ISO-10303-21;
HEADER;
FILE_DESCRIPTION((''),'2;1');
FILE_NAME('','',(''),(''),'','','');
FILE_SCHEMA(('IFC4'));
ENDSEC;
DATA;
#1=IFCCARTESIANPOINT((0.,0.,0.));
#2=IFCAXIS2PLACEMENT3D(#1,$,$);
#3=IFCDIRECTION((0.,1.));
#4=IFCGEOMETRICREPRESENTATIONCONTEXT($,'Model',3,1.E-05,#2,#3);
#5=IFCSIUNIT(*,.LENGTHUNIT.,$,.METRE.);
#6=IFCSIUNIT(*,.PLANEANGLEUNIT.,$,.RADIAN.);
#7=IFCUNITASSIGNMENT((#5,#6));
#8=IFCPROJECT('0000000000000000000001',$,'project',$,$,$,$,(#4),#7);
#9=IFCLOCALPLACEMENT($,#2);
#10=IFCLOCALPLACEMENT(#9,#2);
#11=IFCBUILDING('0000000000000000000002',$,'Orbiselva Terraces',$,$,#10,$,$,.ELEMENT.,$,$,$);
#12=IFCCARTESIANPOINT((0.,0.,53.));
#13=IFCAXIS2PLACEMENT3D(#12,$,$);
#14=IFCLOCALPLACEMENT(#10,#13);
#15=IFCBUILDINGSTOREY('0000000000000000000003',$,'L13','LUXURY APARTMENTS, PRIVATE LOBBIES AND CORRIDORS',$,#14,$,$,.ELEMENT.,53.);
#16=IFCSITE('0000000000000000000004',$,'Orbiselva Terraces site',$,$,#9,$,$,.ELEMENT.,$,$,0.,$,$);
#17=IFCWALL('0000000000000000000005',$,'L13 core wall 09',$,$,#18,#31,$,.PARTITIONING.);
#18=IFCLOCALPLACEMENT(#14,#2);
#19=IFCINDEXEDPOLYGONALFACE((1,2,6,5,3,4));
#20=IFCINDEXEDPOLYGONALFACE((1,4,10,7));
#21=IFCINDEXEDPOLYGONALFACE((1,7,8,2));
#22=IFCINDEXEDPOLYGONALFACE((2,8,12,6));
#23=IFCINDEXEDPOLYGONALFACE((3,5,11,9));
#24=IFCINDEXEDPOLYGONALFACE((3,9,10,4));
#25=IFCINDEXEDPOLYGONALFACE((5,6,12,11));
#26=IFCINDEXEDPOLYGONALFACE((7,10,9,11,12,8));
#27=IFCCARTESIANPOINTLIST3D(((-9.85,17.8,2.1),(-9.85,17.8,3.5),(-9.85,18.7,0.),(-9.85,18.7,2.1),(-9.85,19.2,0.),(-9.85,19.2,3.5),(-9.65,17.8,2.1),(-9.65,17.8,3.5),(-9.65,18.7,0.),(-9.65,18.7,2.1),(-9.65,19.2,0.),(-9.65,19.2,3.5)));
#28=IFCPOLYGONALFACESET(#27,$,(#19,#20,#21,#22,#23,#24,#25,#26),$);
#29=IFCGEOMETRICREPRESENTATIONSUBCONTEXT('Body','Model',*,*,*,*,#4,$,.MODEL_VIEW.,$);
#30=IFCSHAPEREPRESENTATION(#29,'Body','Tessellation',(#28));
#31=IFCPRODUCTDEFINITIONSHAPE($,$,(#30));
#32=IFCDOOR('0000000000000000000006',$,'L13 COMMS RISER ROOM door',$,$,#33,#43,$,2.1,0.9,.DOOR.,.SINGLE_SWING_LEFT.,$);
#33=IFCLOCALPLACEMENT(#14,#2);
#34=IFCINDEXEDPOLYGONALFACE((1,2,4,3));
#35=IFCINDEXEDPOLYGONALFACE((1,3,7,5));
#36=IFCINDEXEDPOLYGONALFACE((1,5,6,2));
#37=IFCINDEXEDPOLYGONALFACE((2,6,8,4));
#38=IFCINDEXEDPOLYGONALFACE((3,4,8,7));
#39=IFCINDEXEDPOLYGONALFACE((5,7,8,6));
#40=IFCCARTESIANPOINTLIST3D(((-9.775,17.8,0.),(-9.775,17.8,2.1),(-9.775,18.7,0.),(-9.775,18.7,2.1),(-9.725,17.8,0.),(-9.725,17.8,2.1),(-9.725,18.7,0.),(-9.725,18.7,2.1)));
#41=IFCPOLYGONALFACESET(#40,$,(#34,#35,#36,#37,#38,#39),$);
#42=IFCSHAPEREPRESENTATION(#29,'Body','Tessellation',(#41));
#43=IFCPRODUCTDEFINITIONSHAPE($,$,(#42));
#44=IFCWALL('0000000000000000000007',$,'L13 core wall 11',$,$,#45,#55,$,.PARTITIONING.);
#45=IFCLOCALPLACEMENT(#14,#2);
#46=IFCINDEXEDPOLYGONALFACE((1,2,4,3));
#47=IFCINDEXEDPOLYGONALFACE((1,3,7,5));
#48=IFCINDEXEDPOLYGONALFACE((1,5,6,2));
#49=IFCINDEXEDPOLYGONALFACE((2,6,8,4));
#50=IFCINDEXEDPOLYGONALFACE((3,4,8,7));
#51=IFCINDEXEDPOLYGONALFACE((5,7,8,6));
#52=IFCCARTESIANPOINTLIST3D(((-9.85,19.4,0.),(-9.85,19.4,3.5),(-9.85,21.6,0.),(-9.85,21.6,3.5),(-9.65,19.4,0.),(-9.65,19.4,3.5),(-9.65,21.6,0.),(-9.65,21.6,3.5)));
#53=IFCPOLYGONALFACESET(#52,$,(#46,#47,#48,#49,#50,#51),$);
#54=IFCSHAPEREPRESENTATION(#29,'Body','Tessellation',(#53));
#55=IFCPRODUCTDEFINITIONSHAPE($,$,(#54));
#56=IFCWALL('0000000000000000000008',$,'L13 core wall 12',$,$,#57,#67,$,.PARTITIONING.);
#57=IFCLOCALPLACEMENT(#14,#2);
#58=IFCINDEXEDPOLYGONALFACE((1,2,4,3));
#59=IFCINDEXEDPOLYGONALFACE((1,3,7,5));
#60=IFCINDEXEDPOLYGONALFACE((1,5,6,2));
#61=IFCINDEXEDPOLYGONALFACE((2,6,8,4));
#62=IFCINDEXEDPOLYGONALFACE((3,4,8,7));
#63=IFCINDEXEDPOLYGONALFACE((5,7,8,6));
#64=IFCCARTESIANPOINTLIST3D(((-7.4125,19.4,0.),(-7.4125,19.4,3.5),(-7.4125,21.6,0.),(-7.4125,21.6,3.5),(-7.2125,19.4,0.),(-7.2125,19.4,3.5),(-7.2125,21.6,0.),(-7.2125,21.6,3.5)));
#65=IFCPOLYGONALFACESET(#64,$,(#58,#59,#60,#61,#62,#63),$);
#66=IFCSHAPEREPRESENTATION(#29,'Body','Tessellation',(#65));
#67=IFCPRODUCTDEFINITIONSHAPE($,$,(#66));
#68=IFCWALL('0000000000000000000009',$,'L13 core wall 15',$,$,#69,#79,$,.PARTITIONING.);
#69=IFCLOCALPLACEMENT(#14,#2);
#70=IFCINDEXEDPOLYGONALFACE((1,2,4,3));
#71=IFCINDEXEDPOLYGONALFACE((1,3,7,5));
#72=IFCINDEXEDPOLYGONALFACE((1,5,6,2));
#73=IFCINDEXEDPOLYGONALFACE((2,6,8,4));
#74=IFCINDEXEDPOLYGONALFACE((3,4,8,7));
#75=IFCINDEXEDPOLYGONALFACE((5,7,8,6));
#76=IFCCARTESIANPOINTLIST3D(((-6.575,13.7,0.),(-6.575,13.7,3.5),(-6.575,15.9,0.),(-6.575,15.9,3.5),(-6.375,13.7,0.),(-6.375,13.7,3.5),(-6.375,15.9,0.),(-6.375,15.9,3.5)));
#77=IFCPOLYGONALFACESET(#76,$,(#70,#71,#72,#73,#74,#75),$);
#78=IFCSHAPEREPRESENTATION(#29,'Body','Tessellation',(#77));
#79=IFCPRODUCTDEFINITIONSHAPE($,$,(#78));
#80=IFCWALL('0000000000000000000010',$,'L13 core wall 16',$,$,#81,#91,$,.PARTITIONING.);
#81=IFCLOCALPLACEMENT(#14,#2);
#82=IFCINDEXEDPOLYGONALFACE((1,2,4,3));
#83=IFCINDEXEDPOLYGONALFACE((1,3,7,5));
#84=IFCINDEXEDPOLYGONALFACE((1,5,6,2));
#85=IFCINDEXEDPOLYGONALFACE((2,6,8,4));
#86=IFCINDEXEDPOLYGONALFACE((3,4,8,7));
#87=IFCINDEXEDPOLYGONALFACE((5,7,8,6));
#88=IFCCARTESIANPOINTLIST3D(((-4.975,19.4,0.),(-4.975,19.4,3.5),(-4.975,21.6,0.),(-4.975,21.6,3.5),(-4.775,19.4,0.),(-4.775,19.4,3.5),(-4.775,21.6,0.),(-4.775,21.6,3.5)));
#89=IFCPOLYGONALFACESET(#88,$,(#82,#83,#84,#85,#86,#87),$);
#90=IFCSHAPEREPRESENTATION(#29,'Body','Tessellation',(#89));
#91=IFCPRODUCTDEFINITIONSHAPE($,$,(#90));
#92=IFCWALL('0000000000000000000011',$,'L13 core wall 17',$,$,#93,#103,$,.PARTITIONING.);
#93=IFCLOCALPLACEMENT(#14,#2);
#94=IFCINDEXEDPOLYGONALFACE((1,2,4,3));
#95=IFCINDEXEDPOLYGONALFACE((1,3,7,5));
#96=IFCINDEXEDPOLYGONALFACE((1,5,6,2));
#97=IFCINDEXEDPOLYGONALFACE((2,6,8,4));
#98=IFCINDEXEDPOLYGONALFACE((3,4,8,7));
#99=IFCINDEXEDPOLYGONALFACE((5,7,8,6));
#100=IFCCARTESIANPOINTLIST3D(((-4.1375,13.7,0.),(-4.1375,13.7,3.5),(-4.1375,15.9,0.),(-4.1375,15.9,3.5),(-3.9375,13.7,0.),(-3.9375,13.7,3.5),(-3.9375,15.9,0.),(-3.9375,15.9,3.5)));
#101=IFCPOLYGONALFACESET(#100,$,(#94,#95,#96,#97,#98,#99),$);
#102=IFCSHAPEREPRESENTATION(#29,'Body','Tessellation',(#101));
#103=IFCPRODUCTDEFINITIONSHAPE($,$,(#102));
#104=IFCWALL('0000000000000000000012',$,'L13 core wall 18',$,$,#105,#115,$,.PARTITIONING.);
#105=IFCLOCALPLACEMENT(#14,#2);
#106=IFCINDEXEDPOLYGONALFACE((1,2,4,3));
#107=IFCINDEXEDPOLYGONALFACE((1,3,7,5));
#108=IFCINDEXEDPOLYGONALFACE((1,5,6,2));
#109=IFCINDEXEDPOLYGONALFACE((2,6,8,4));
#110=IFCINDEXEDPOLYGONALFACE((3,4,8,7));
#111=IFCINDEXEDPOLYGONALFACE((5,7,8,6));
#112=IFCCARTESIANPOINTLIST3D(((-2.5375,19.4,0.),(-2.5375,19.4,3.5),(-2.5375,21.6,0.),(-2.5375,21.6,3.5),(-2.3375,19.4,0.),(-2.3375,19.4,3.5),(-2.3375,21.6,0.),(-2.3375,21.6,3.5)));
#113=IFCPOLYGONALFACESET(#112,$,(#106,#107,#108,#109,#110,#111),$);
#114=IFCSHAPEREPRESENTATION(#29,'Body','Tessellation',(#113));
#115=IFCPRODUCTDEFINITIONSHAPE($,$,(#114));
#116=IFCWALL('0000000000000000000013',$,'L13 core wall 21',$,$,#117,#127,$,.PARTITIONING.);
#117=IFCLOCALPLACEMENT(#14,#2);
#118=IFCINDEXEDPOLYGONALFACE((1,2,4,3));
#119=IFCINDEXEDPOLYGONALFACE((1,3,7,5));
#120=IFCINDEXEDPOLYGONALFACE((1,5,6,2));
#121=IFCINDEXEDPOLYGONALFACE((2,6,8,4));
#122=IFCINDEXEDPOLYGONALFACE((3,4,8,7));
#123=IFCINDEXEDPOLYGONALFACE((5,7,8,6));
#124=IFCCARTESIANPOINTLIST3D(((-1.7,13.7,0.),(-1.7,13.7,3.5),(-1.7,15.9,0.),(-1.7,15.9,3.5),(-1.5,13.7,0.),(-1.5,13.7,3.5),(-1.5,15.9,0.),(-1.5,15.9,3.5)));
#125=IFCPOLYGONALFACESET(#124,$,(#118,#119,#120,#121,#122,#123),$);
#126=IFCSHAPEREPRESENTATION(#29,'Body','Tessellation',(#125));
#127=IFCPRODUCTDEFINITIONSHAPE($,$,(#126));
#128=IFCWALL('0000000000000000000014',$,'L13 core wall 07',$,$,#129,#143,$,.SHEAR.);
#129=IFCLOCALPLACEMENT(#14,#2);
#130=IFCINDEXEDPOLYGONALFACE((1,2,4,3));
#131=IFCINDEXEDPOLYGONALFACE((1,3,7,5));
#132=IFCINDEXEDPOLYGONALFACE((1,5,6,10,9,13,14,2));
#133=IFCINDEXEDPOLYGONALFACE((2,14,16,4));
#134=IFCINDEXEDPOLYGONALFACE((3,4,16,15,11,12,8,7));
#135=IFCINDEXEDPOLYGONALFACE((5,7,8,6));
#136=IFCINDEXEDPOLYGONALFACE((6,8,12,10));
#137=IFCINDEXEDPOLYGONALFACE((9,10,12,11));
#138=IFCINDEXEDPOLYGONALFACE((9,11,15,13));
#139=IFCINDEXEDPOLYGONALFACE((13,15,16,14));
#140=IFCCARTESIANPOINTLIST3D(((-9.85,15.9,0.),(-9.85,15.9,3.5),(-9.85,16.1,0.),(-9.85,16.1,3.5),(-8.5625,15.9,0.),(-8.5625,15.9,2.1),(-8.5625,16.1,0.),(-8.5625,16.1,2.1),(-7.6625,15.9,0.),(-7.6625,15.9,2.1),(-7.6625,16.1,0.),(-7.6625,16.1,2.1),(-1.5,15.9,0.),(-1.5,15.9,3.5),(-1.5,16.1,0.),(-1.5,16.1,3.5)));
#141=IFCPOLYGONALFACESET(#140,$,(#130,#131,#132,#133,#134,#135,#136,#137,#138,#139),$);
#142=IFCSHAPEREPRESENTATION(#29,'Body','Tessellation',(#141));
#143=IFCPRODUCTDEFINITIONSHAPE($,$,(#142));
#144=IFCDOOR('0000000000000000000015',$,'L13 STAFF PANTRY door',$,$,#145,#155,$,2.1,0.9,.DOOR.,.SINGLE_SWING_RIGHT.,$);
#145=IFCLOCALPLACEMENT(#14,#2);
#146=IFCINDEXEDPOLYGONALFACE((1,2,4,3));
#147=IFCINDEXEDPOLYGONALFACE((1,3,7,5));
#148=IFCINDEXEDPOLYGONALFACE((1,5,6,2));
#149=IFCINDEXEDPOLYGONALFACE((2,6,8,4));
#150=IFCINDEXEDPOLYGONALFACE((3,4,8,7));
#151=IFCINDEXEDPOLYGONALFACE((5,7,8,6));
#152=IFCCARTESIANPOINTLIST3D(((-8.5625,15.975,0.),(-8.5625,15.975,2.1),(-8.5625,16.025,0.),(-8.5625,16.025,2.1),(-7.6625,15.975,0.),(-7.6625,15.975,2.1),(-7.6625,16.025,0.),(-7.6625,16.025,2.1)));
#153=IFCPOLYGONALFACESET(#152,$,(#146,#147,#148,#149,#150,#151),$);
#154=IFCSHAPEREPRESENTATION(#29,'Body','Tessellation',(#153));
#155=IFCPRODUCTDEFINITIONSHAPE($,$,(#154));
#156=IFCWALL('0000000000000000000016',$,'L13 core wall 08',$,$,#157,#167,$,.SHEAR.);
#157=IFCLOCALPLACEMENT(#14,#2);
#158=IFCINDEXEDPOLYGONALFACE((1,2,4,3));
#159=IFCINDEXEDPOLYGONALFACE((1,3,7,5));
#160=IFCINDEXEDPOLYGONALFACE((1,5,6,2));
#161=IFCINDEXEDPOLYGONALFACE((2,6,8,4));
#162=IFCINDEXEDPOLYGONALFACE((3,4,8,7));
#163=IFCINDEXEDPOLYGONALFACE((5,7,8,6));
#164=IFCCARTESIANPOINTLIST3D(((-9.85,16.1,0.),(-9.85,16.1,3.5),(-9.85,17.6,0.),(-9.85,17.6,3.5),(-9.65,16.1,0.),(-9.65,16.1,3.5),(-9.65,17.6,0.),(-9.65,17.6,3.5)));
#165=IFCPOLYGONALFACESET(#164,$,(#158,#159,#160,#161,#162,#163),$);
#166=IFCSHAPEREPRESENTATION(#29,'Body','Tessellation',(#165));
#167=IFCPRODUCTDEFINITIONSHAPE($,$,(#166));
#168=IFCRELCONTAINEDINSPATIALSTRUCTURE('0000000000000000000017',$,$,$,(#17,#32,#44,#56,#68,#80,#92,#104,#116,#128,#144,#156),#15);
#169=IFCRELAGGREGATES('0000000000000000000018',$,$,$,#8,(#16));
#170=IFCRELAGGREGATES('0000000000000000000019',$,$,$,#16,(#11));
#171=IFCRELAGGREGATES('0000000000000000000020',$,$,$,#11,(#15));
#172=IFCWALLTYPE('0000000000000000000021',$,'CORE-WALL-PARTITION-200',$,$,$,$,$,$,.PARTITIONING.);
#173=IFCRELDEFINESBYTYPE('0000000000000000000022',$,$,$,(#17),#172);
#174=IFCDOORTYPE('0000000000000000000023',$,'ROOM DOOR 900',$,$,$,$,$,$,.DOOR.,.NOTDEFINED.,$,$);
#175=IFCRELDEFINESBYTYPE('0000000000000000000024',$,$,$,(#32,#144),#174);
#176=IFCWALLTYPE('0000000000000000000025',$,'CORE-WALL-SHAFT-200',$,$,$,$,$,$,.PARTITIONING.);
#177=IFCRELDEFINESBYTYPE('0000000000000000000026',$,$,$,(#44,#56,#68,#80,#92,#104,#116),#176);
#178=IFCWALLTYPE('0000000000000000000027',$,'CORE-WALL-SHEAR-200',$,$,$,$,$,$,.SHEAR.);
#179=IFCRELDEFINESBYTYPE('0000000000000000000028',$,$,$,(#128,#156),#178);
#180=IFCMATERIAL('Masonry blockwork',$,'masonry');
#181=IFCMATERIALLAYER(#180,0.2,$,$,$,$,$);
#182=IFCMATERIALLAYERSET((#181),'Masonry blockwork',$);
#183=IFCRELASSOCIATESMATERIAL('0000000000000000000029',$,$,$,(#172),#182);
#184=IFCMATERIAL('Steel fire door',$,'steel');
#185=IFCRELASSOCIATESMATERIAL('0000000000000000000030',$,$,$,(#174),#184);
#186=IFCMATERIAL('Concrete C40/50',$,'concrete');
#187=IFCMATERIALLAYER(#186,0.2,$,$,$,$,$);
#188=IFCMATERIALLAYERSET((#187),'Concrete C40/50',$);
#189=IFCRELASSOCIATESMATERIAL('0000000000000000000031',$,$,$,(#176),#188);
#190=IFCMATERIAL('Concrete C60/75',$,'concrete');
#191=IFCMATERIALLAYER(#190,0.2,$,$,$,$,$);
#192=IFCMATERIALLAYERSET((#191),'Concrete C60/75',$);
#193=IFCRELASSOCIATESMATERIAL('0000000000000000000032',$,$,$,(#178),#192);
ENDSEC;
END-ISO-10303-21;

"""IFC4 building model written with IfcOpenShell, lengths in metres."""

from ifc_helpers import new_model, si_unit, direction, frame, frame_2d, origin, place, context, subcontext, project, spatial, rectangle, extrude, material, layer, layer_set, type_object, element, fill, save


model = new_model("IFC4")

# Units and contexts
model_context = context("Model", 3, precision=1e-05, world=origin(), true_north=direction((0.0, 1.0)))
body_context = subcontext(model_context, "Body", "Model", "MODEL_VIEW")
ifc_project = project(units=[si_unit("LENGTHUNIT", "METRE"), si_unit("PLANEANGLEUNIT", "RADIAN")], contexts=[model_context])

# Site, building, storey
site_placement = place(None, origin())
site = spatial("IfcSite", under=ifc_project, at=site_placement, Name="Orbiselva Terraces site", CompositionType="ELEMENT", RefElevation=0.0)
building_placement = place(site_placement, origin())
building = spatial("IfcBuilding", under=site, at=building_placement, Name="Orbiselva Terraces", CompositionType="ELEMENT")
storey_placement = place(building_placement, frame((0.0, 0.0, 53.0)))
storey = spatial("IfcBuildingStorey", under=building, at=storey_placement, Name="L13", Description="LUXURY APARTMENTS, PRIVATE LOBBIES AND CORRIDORS", CompositionType="ELEMENT", Elevation=53.0)

# Wall, opening, door
ifc_material_1 = material(Name="Masonry blockwork", Category="masonry")
ifc_layer_1 = layer(ifc_material_1, 0.2)
ifc_layer_set_1 = layer_set([ifc_layer_1], Name="Masonry blockwork")
wall_type_1 = type_object("IfcWallType", Name="CORE-WALL-PARTITION-200", PredefinedType="PARTITIONING", material=ifc_layer_set_1)
wall_1_placement = place(storey_placement, frame((-9.75, 17.8, 0.0), z_axis=(0.0, 0.0, 1.0), x_axis=(0.0, 1.0, 0.0)))
wall_1 = element("IfcWall", 1, at=wall_1_placement, inside=storey, type_object=wall_type_1, Name="L13 core wall 09", PredefinedType="PARTITIONING", context=body_context, shape_type="SweptSolid", body=[
    extrude(rectangle(XDim=1.4, YDim=0.2, at=frame_2d((0.7, 0.0))), origin(), (0.0, 0.0, 1.0), 3.5),
])
opening_1_placement = place(wall_1_placement, origin())
opening_1 = element("IfcOpeningElement", 2, at=opening_1_placement, cuts=wall_1, PredefinedType="OPENING", context=body_context, shape_type="SweptSolid", body=[
    extrude(rectangle(XDim=0.9, YDim=2.1, at=frame_2d((0.45, 1.05))), frame((0.0, 0.11, 0.0), z_axis=(0.0, -1.0, 0.0), x_axis=(1.0, 0.0, 0.0)), (0.0, 0.0, 1.0), 0.22),
])
ifc_material_2 = material(Name="Steel fire door", Category="steel")
door_type_1 = type_object("IfcDoorType", Name="ROOM DOOR 900", OperationType="NOTDEFINED", PredefinedType="DOOR", material=ifc_material_2)
door_1_placement = place(opening_1_placement, origin())
door_1 = element("IfcDoor", 3, at=door_1_placement, inside=storey, type_object=door_type_1, Name="L13 COMMS RISER ROOM door", OperationType="SINGLE_SWING_LEFT", OverallHeight=2.1, OverallWidth=0.9, PredefinedType="DOOR", context=body_context, shape_type="SweptSolid", body=[
    extrude(rectangle(XDim=0.9, YDim=2.1, at=frame_2d((0.45, 1.05))), frame((0.0, 0.025, 0.0), z_axis=(0.0, -1.0, 0.0), x_axis=(1.0, 0.0, 0.0)), (0.0, 0.0, 1.0), 0.05),
])
fill(opening_1, door_1)

# Walls
ifc_material_3 = material(Name="Concrete C40/50", Category="concrete")
ifc_layer_2 = layer(ifc_material_3, 0.2)
ifc_layer_set_2 = layer_set([ifc_layer_2], Name="Concrete C40/50")
wall_type_2 = type_object("IfcWallType", Name="CORE-WALL-SHAFT-200", PredefinedType="PARTITIONING", material=ifc_layer_set_2)
for number, where, z_axis, x_axis, name in (
    (4, (-9.75, 19.4, 0.0), (0.0, 0.0, 1.0), (0.0, 1.0, 0.0), "L13 core wall 11"),
    (5, (-7.3125, 19.4, 0.0), (0.0, 0.0, 1.0), (0.0, 1.0, 0.0), "L13 core wall 12"),
    (6, (-6.475, 13.7, 0.0), (0.0, 0.0, 1.0), (0.0, 1.0, 0.0), "L13 core wall 15"),
    (7, (-4.875, 19.4, 0.0), (0.0, 0.0, 1.0), (0.0, 1.0, 0.0), "L13 core wall 16"),
    (8, (-4.0375, 13.7, 0.0), (0.0, 0.0, 1.0), (0.0, 1.0, 0.0), "L13 core wall 17"),
    (9, (-2.4375, 19.4, 0.0), (0.0, 0.0, 1.0), (0.0, 1.0, 0.0), "L13 core wall 18"),
    (10, (-1.6, 13.7, 0.0), (0.0, 0.0, 1.0), (0.0, 1.0, 0.0), "L13 core wall 21"),
):
    element("IfcWall", number, at=place(storey_placement, frame(where, z_axis=z_axis, x_axis=x_axis)), inside=storey, type_object=wall_type_2, Name=name, PredefinedType="PARTITIONING", context=body_context, shape_type="SweptSolid", body=[
        extrude(rectangle(XDim=2.2, YDim=0.2, at=frame_2d((1.1, 0.0))), origin(), (0.0, 0.0, 1.0), 3.5),
    ])

# Wall, opening, door
ifc_material_4 = material(Name="Concrete C60/75", Category="concrete")
ifc_layer_3 = layer(ifc_material_4, 0.2)
ifc_layer_set_3 = layer_set([ifc_layer_3], Name="Concrete C60/75")
wall_type_3 = type_object("IfcWallType", Name="CORE-WALL-SHEAR-200", PredefinedType="SHEAR", material=ifc_layer_set_3)
wall_2_placement = place(storey_placement, frame((-1.5, 16.0, 0.0), z_axis=(0.0, 0.0, 1.0), x_axis=(-1.0, 0.0, 0.0)))
wall_2 = element("IfcWall", 11, at=wall_2_placement, inside=storey, type_object=wall_type_3, Name="L13 core wall 07", PredefinedType="SHEAR", context=body_context, shape_type="SweptSolid", body=[
    extrude(rectangle(XDim=8.35, YDim=0.2, at=frame_2d((4.175, 0.0))), origin(), (0.0, 0.0, 1.0), 3.5),
])
opening_2_placement = place(wall_2_placement, frame((6.1625, 0.0, 0.0)))
opening_2 = element("IfcOpeningElement", 12, at=opening_2_placement, cuts=wall_2, PredefinedType="OPENING", context=body_context, shape_type="SweptSolid", body=[
    extrude(rectangle(XDim=0.9, YDim=2.1, at=frame_2d((0.45, 1.05))), frame((0.0, 0.11, 0.0), z_axis=(0.0, -1.0, 0.0), x_axis=(1.0, 0.0, 0.0)), (0.0, 0.0, 1.0), 0.22),
])
door_2_placement = place(opening_2_placement, origin())
door_2 = element("IfcDoor", 13, at=door_2_placement, inside=storey, type_object=door_type_1, Name="L13 STAFF PANTRY door", OperationType="SINGLE_SWING_RIGHT", OverallHeight=2.1, OverallWidth=0.9, PredefinedType="DOOR", context=body_context, shape_type="SweptSolid", body=[
    extrude(rectangle(XDim=0.9, YDim=2.1, at=frame_2d((0.45, 1.05))), frame((0.0, 0.025, 0.0), z_axis=(0.0, -1.0, 0.0), x_axis=(1.0, 0.0, 0.0)), (0.0, 0.0, 1.0), 0.05),
])
fill(opening_2, door_2)

# Wall
wall_3_placement = place(storey_placement, frame((-9.75, 16.1, 0.0), z_axis=(0.0, 0.0, 1.0), x_axis=(0.0, 1.0, 0.0)))
element("IfcWall", 14, at=wall_3_placement, inside=storey, type_object=wall_type_3, Name="L13 core wall 08", PredefinedType="SHEAR", context=body_context, shape_type="SweptSolid", body=[
    extrude(rectangle(XDim=1.5, YDim=0.2, at=frame_2d((0.75, 0.0))), origin(), (0.0, 0.0, 1.0), 3.5),
])

save(model, "model.ifc")
